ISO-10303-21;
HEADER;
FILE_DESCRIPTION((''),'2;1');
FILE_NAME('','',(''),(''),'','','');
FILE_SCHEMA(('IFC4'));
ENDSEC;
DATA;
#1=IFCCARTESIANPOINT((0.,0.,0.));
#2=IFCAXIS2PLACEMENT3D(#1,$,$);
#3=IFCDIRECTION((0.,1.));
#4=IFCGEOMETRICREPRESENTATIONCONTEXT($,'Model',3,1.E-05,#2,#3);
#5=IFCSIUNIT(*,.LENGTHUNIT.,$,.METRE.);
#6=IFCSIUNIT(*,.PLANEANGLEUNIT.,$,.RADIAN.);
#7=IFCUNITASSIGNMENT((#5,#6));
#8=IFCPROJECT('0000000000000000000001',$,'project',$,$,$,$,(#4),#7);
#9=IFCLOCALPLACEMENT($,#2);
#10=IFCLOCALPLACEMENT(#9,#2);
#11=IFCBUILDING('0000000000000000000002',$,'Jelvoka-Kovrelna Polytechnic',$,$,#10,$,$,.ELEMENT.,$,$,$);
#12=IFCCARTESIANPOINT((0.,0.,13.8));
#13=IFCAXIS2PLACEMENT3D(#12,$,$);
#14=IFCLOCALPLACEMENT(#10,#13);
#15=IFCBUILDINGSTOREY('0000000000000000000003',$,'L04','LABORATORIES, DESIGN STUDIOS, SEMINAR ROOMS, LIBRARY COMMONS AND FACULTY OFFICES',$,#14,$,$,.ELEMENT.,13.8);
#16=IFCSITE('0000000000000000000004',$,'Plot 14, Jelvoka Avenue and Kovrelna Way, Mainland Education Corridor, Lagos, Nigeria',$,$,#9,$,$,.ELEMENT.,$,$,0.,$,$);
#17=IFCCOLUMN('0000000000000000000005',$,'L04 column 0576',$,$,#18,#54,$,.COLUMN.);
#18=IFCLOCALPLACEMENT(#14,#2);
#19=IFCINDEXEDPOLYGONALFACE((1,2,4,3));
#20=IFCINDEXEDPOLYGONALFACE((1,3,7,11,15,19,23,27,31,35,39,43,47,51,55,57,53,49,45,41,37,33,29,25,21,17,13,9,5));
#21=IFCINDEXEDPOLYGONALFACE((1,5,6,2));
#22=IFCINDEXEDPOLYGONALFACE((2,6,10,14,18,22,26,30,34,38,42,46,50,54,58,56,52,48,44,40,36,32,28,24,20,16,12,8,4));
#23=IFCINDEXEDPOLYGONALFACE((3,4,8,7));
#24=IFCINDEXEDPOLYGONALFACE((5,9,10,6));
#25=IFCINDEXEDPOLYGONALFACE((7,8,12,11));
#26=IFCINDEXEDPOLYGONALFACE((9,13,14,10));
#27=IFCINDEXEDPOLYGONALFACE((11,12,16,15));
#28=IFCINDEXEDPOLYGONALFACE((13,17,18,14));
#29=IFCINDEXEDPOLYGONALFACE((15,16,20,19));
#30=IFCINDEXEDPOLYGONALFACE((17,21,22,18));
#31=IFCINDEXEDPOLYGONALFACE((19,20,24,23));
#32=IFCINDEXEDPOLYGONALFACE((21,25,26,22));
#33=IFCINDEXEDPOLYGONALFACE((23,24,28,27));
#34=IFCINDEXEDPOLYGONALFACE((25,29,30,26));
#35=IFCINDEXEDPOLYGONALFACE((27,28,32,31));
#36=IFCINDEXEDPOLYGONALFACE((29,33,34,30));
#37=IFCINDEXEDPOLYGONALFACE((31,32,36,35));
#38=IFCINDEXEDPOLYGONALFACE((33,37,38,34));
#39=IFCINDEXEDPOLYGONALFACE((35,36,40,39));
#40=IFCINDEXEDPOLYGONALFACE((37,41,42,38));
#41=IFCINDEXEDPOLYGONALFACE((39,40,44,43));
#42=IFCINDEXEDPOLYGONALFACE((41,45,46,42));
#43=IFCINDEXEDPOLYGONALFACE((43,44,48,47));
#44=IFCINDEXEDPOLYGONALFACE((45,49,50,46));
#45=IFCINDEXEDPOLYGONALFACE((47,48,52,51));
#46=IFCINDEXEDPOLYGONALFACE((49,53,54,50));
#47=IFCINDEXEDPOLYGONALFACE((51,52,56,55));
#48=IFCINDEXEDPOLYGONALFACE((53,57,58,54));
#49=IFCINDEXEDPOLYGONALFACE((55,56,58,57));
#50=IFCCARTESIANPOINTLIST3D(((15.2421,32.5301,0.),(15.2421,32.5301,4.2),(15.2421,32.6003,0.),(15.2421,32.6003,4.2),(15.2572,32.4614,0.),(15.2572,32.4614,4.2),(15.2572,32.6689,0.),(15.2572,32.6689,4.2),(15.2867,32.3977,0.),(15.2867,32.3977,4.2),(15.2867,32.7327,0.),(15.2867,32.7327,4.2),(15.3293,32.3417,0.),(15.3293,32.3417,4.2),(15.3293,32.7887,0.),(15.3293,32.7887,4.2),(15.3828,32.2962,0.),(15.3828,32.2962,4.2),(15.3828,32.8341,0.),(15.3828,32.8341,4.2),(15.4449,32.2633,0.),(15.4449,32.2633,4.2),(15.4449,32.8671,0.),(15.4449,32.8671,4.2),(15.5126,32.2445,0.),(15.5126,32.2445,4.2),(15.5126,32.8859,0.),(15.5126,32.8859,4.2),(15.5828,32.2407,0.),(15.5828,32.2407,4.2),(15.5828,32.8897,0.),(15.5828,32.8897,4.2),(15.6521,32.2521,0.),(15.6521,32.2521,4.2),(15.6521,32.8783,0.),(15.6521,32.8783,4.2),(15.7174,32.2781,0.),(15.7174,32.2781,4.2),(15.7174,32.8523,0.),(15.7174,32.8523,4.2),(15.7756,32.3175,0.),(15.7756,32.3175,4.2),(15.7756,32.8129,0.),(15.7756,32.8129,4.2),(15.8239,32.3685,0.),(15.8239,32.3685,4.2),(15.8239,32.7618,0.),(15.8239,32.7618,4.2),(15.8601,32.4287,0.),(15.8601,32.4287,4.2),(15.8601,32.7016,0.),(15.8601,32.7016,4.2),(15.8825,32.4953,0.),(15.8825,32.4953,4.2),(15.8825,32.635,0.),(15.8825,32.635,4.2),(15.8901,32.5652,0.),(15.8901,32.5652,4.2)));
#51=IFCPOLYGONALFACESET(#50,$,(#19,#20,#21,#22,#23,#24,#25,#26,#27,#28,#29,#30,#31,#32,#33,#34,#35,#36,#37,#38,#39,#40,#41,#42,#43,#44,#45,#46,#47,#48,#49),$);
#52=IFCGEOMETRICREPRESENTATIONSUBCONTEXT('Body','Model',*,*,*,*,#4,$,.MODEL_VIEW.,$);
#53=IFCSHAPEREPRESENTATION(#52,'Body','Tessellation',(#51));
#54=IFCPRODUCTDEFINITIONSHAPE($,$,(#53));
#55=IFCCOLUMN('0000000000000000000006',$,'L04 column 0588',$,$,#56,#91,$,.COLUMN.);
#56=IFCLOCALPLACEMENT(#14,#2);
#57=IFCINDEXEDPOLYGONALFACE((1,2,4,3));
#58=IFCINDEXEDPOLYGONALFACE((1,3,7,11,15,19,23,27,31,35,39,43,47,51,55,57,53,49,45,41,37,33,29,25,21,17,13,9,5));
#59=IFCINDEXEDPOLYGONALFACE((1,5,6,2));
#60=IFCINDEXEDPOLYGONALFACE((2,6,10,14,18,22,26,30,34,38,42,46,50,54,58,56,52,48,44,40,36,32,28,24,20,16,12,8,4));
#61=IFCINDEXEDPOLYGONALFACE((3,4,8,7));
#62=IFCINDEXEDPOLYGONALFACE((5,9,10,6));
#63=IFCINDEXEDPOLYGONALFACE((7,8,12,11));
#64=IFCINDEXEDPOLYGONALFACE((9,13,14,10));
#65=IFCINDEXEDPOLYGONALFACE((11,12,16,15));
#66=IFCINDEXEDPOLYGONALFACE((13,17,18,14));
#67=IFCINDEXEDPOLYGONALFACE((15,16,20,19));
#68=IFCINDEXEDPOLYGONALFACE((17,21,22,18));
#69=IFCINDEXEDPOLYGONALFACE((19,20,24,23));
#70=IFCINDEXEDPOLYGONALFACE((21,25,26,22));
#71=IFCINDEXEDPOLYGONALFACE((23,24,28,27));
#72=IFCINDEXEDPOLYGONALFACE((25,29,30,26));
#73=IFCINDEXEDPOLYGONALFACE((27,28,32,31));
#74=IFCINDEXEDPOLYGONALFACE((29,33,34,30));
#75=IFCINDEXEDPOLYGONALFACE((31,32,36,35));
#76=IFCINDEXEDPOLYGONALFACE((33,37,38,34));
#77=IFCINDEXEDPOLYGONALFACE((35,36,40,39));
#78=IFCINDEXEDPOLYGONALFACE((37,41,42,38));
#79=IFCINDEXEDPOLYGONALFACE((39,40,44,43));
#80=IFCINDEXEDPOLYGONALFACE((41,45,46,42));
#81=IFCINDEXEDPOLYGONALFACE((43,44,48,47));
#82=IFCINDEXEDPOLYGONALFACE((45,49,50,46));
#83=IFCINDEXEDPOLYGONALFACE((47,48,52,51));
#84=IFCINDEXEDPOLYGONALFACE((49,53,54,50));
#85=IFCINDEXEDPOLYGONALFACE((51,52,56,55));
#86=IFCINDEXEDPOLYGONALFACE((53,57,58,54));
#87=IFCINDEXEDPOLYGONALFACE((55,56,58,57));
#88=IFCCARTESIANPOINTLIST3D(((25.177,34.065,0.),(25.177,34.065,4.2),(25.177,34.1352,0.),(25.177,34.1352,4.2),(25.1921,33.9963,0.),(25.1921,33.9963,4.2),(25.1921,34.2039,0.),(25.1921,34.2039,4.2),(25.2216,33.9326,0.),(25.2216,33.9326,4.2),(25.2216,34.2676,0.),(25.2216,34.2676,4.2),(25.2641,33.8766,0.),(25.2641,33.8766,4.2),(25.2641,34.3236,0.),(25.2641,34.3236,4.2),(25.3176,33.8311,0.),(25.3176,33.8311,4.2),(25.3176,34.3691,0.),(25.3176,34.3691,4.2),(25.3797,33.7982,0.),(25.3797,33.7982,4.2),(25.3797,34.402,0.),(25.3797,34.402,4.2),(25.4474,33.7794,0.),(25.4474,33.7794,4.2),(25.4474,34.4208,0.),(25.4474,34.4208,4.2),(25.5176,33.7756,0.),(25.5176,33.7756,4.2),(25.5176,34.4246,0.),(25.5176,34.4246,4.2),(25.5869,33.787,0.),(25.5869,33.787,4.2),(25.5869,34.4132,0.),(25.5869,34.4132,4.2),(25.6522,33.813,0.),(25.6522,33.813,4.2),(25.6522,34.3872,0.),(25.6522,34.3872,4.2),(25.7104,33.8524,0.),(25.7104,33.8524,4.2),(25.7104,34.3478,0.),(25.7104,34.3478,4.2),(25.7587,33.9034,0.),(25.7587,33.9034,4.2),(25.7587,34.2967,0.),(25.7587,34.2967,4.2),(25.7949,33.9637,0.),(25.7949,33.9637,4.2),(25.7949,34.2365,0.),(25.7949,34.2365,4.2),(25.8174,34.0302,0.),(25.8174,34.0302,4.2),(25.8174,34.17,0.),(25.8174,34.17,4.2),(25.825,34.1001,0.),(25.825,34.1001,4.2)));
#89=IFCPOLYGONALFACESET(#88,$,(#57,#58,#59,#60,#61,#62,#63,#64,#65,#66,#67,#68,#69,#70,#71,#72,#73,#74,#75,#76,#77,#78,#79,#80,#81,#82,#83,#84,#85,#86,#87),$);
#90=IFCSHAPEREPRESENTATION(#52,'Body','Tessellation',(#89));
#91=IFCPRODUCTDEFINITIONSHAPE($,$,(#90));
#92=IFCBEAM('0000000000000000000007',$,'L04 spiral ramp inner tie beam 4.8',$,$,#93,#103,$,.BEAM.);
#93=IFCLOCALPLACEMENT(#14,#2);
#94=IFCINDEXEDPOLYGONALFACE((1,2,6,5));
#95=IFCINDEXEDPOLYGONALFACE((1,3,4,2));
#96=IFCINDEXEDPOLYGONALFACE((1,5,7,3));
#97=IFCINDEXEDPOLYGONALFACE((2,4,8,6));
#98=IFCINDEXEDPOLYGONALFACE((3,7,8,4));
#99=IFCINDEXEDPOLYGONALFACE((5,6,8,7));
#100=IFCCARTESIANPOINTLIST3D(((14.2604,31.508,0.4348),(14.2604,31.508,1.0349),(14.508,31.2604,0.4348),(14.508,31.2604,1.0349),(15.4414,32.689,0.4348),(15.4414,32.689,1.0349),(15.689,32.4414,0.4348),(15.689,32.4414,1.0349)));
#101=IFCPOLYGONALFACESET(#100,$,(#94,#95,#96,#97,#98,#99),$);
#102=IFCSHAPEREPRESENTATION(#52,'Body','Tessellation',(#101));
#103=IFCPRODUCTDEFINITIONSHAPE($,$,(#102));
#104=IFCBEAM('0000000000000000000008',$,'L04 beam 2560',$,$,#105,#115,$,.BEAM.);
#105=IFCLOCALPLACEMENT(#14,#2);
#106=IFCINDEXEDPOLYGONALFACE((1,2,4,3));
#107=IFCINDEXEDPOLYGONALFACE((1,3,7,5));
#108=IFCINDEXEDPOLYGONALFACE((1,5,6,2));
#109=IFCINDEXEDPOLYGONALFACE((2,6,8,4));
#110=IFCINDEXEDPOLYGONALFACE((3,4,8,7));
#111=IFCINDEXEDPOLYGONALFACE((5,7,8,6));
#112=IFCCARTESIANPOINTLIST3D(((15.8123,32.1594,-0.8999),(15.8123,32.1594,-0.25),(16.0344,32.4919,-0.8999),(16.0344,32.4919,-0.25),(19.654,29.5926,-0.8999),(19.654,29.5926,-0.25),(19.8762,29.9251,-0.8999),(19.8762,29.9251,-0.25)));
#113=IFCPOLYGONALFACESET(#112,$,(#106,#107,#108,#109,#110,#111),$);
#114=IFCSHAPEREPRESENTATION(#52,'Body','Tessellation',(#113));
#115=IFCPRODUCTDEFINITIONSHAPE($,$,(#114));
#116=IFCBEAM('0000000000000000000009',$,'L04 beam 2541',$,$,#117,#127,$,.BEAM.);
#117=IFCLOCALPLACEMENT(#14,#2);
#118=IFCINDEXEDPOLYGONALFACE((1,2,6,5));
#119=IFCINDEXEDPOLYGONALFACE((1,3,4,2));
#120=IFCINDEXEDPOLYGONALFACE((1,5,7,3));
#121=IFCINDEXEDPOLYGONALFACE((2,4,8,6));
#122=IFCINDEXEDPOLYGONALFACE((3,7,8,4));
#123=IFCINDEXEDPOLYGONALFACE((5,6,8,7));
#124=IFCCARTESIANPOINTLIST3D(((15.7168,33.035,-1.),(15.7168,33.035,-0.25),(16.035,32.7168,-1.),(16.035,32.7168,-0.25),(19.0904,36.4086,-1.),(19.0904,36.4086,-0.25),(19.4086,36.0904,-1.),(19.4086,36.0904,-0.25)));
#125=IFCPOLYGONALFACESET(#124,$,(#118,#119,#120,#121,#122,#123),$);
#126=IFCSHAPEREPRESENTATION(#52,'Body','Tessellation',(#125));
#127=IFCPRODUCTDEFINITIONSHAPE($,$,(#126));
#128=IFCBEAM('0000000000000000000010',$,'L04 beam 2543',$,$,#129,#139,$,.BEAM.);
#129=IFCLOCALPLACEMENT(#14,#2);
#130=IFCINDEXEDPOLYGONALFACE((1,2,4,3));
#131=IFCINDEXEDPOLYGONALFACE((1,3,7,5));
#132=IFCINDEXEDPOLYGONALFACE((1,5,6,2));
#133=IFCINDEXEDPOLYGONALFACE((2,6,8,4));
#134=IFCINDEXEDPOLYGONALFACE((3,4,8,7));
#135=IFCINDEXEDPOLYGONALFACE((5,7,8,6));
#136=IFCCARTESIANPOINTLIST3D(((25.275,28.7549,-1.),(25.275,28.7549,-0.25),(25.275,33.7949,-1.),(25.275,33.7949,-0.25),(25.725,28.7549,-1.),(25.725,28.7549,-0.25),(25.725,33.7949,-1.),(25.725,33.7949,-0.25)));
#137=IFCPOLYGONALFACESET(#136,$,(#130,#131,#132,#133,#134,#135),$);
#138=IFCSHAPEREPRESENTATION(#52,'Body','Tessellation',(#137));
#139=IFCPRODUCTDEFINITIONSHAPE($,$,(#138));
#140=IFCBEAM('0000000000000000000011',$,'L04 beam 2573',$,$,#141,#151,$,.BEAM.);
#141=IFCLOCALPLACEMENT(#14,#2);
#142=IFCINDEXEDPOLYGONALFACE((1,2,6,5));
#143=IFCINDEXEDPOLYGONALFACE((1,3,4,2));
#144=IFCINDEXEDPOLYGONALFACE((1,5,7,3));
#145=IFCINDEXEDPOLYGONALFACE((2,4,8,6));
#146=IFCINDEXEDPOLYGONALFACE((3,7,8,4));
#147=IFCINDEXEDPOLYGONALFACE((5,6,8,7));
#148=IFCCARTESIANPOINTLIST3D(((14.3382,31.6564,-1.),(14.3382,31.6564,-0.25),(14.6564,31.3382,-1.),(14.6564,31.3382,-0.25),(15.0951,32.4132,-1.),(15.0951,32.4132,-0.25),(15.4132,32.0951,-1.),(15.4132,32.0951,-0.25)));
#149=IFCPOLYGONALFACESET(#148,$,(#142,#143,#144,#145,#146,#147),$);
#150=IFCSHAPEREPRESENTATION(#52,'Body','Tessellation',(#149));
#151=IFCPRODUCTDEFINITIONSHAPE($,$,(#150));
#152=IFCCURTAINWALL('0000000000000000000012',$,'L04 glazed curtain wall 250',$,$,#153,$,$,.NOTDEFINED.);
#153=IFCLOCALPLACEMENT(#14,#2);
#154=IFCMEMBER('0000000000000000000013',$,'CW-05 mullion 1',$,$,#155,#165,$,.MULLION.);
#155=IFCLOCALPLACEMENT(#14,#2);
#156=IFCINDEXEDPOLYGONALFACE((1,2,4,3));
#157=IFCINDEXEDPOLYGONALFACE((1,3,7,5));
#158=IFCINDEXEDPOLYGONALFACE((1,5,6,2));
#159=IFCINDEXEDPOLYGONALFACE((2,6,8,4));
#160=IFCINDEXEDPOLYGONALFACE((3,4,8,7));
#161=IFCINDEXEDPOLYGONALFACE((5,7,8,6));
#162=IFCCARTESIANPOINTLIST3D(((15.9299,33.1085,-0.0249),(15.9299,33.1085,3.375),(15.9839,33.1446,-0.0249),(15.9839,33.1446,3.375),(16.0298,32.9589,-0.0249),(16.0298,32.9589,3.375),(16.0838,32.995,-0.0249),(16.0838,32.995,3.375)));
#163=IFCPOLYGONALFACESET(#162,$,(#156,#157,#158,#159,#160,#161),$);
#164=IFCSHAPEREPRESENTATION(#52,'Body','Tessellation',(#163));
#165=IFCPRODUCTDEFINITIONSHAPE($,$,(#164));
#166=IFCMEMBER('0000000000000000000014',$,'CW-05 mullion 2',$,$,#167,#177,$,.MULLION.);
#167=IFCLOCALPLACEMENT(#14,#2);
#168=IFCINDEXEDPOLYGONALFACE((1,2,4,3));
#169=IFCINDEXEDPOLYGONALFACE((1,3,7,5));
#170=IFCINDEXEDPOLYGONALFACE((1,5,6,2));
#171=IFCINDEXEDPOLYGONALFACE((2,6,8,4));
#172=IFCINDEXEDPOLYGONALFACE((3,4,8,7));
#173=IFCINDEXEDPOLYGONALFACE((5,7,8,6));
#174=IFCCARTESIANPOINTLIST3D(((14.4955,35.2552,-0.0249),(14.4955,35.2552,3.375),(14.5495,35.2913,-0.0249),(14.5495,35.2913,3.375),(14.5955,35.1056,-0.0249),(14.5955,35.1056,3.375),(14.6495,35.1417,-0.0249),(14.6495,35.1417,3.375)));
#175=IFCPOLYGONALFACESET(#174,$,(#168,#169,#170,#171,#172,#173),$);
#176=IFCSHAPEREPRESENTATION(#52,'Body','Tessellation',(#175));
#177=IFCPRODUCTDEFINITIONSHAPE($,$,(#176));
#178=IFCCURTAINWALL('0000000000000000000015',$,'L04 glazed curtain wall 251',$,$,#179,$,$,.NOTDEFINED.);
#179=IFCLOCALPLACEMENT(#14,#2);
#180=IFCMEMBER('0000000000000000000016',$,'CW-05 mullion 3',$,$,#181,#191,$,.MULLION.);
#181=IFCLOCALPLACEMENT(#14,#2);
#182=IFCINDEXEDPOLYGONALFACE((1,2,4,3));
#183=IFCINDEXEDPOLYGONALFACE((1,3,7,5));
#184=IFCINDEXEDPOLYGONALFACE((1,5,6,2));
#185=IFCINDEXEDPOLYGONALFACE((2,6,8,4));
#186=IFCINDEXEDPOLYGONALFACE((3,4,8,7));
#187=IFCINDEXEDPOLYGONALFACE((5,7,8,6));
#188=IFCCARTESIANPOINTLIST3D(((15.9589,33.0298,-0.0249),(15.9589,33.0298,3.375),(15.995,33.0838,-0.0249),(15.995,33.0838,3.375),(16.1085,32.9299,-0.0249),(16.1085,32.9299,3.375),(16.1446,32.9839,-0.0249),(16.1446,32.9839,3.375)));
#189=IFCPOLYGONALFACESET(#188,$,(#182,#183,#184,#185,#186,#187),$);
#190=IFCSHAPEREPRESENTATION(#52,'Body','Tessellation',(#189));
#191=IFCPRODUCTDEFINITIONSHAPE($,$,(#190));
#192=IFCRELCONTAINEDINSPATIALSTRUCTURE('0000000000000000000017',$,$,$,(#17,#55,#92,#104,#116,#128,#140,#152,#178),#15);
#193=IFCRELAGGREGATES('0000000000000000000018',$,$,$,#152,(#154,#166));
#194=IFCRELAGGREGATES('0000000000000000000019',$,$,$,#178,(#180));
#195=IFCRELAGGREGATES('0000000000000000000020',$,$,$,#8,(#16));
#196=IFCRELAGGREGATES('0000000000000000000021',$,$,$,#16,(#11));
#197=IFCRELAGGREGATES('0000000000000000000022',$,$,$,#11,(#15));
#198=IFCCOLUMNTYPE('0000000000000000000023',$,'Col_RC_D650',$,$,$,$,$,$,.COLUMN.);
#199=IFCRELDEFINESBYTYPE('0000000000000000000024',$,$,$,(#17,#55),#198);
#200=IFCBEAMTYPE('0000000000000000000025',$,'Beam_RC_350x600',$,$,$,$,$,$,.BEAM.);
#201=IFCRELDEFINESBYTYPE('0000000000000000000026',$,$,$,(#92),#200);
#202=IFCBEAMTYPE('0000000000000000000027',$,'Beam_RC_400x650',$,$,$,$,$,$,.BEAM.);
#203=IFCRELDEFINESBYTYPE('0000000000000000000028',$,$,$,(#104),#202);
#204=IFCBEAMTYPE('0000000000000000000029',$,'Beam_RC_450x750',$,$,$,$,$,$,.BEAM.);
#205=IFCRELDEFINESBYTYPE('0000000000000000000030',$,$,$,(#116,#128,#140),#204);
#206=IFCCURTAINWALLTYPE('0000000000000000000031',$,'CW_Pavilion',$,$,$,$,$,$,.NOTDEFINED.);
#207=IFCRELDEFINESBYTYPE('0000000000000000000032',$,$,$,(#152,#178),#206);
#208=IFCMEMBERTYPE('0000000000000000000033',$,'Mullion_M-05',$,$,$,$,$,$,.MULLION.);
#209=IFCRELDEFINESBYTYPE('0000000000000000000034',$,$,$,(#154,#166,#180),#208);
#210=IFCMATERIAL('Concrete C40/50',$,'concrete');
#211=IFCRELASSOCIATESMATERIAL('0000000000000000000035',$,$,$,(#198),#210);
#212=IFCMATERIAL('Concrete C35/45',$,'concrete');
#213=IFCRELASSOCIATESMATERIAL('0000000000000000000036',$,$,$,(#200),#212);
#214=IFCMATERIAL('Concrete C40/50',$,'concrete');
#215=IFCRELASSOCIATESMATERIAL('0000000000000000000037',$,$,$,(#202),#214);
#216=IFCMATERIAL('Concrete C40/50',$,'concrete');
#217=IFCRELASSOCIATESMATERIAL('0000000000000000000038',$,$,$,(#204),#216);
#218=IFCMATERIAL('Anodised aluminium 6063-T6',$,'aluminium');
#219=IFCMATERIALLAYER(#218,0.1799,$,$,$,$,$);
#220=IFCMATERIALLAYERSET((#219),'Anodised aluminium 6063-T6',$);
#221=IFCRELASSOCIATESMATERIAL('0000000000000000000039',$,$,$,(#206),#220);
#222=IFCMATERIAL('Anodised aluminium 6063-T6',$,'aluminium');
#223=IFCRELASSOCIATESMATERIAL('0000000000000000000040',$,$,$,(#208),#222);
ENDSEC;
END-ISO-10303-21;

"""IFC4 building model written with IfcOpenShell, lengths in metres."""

from ifc_helpers import new_model, si_unit, direction, frame, origin, origin_2d, place, context, subcontext, project, spatial, rectangle, circle, extrude, material, layer, layer_set, material_profile, profile_set, type_object, element, aggregate, save


model = new_model("IFC4")

# Units and contexts
model_context = context("Model", 3, precision=1e-05, world=origin(), true_north=direction((0.0, 1.0)))
body_context = subcontext(model_context, "Body", "Model", "MODEL_VIEW")
ifc_project = project(units=[si_unit("LENGTHUNIT", "METRE"), si_unit("PLANEANGLEUNIT", "RADIAN")], contexts=[model_context])

# Site, building, storey
site_placement = place(None, origin())
site = spatial("IfcSite", under=ifc_project, at=site_placement, Name="Plot 14, Jelvoka Avenue and Kovrelna Way, Mainland Education Corridor, Lagos, Nigeria", CompositionType="ELEMENT", RefElevation=0.0)
building_placement = place(site_placement, origin())
building = spatial("IfcBuilding", under=site, at=building_placement, Name="Jelvoka-Kovrelna Polytechnic", CompositionType="ELEMENT")
storey_placement = place(building_placement, frame((0.0, 0.0, 13.8)))
storey = spatial("IfcBuildingStorey", under=building, at=storey_placement, Name="L04", Description="LABORATORIES, DESIGN STUDIOS, SEMINAR ROOMS, LIBRARY COMMONS AND FACULTY OFFICES", CompositionType="ELEMENT", Elevation=13.8)

# Columns
ifc_material_1 = material(Name="Concrete C40/50", Category="concrete")
ifc_material_profile_1 = material_profile(ifc_material_1, circle(Radius=0.325, at=origin_2d()), Name="RC D650")
ifc_profile_set_1 = profile_set([ifc_material_profile_1], Name="Concrete C40/50")
column_type = type_object("IfcColumnType", Name="Col_RC_D650", PredefinedType="COLUMN", material=ifc_profile_set_1)
for number, where, z_axis, x_axis, name in (
    (1, (15.5652, 32.5652, 0.0), (0.0, 0.0, 1.0), (1.0, 0.0, 0.0), "L04 column 0576"),
    (2, (25.5, 34.1001, 0.0), (0.0, 0.0, 1.0), (1.0, 0.0, 0.0), "L04 column 0588"),
):
    element("IfcColumn", number, at=place(storey_placement, frame(where, z_axis=z_axis, x_axis=x_axis)), inside=storey, type_object=column_type, Name=name, PredefinedType="COLUMN", context=body_context, shape_type="SweptSolid", body=[
        extrude(circle(Radius=0.325, at=origin_2d()), origin(), (0.0, 0.0, 1.0), 4.2),
    ])

# Beams
ifc_material_2 = material(Name="Concrete C35/45", Category="concrete")
ifc_material_profile_2 = material_profile(ifc_material_2, rectangle(XDim=0.3501, YDim=0.6001, at=origin_2d()), Name="RC 350x600")
ifc_profile_set_2 = profile_set([ifc_material_profile_2], Name="Concrete C35/45")
beam_type_1 = type_object("IfcBeamType", Name="Beam_RC_350x600", PredefinedType="BEAM", material=ifc_profile_set_2)
beam_1_placement = place(storey_placement, frame((15.5652, 32.5652, 0.7349), z_axis=(-0.707107, -0.707107, 0.0), x_axis=(0.707107, -0.707107, 0.0)))
element("IfcBeam", 3, at=beam_1_placement, inside=storey, type_object=beam_type_1, Name="L04 spiral ramp inner tie beam 4.8", PredefinedType="BEAM", context=body_context, shape_type="SweptSolid", body=[
    extrude(rectangle(XDim=0.3501, YDim=0.6001, at=origin_2d()), origin(), (0.0, 0.0, 1.0), 1.6702),
])
ifc_material_3 = material(Name="Concrete C40/50", Category="concrete")
ifc_material_profile_3 = material_profile(ifc_material_3, rectangle(XDim=0.3999, YDim=0.6499, at=origin_2d()), Name="RC 400x650")
ifc_profile_set_3 = profile_set([ifc_material_profile_3], Name="Concrete C40/50")
beam_type_2 = type_object("IfcBeamType", Name="Beam_RC_400x650", PredefinedType="BEAM", material=ifc_profile_set_3)
beam_2_placement = place(storey_placement, frame((15.9233, 32.3257, -0.575), z_axis=(0.831481, -0.555553, 0.0), x_axis=(0.555553, 0.831481, 0.0)))
element("IfcBeam", 4, at=beam_2_placement, inside=storey, type_object=beam_type_2, Name="L04 beam 2560", PredefinedType="BEAM", context=body_context, shape_type="SweptSolid", body=[
    extrude(rectangle(XDim=0.3999, YDim=0.6499, at=origin_2d()), origin(), (0.0, 0.0, 1.0), 4.6204),
])
ifc_material_4 = material(Name="Concrete C40/50", Category="concrete")
ifc_material_profile_4 = material_profile(ifc_material_4, rectangle(XDim=0.45, YDim=0.75, at=origin_2d()), Name="RC 450x750")
ifc_profile_set_4 = profile_set([ifc_material_profile_4], Name="Concrete C40/50")
beam_type_3 = type_object("IfcBeamType", Name="Beam_RC_450x750", PredefinedType="BEAM", material=ifc_profile_set_4)
beam_3_placement = place(storey_placement, frame((19.2495, 36.2495, -0.625), z_axis=(-0.707107, -0.707107, 0.0), x_axis=(0.707107, -0.707107, 0.0)))
element("IfcBeam", 5, at=beam_3_placement, inside=storey, type_object=beam_type_3, Name="L04 beam 2541", PredefinedType="BEAM", context=body_context, shape_type="SweptSolid", body=[
    extrude(rectangle(XDim=0.45, YDim=0.75, at=origin_2d()), origin(), (0.0, 0.0, 1.0), 4.771),
])
beam_4_placement = place(storey_placement, frame((25.5, 33.7949, -0.625), z_axis=(0.0, -1.0, 0.0), x_axis=(1.0, 0.0, 0.0)))
element("IfcBeam", 6, at=beam_4_placement, inside=storey, type_object=beam_type_3, Name="L04 beam 2543", PredefinedType="BEAM", context=body_context, shape_type="SweptSolid", body=[
    extrude(rectangle(XDim=0.45, YDim=0.75, at=origin_2d()), origin(), (0.0, 0.0, 1.0), 5.04),
])
beam_5_placement = place(storey_placement, frame((15.2542, 32.2542, -0.625), z_axis=(-0.707107, -0.707107, 0.0), x_axis=(0.707107, -0.707107, 0.0)))
element("IfcBeam", 7, at=beam_5_placement, inside=storey, type_object=beam_type_3, Name="L04 beam 2573", PredefinedType="BEAM", context=body_context, shape_type="SweptSolid", body=[
    extrude(rectangle(XDim=0.45, YDim=0.75, at=origin_2d()), origin(), (0.0, 0.0, 1.0), 1.0703),
])

# Curtain wall, members
ifc_material_5 = material(Name="Anodised aluminium 6063-T6", Category="aluminium")
ifc_layer_1 = layer(ifc_material_5, 0.1799)
ifc_layer_set_1 = layer_set([ifc_layer_1], Name="Anodised aluminium 6063-T6")
curtain_wall_type = type_object("IfcCurtainWallType", Name="CW_Pavilion", PredefinedType="NOTDEFINED", material=ifc_layer_set_1)
curtain_wall_1_placement = place(storey_placement, origin())
curtain_wall_1 = element("IfcCurtainWall", 8, at=curtain_wall_1_placement, inside=storey, type_object=curtain_wall_type, Name="L04 glazed curtain wall 250", PredefinedType="NOTDEFINED")
ifc_material_6 = material(Name="Anodised aluminium 6063-T6", Category="aluminium")
ifc_material_profile_5 = material_profile(ifc_material_6, rectangle(XDim=0.0649, YDim=0.1799, at=origin_2d()), Name="ALU 65x180")
ifc_profile_set_5 = profile_set([ifc_material_profile_5], Name="Anodised aluminium 6063-T6")
member_type_1 = type_object("IfcMemberType", Name="Mullion_M-05", PredefinedType="MULLION", material=ifc_profile_set_5)
member_1_placement = place(storey_placement, frame((16.0068, 33.0518, -0.0249), z_axis=(0.0, 0.0, 1.0), x_axis=(-0.831461, -0.555583, 0.0)))
member_1 = element("IfcMember", 9, at=member_1_placement, type_object=member_type_1, Name="CW-05 mullion 1", PredefinedType="MULLION", context=body_context, shape_type="SweptSolid", body=[
    extrude(rectangle(XDim=0.0649, YDim=0.1799, at=origin_2d()), origin(), (0.0, 0.0, 1.0), 3.3999),
])
member_2_placement = place(storey_placement, frame((14.5725, 35.1985, -0.0249), z_axis=(0.0, 0.0, 1.0), x_axis=(-0.831461, -0.555583, 0.0)))
member_2 = element("IfcMember", 10, at=member_2_placement, type_object=member_type_1, Name="CW-05 mullion 2", PredefinedType="MULLION", context=body_context, shape_type="SweptSolid", body=[
    extrude(rectangle(XDim=0.0649, YDim=0.1799, at=origin_2d()), origin(), (0.0, 0.0, 1.0), 3.3999),
])

# Curtain wall, member
curtain_wall_2_placement = place(storey_placement, origin())
curtain_wall_2 = element("IfcCurtainWall", 11, at=curtain_wall_2_placement, inside=storey, type_object=curtain_wall_type, Name="L04 glazed curtain wall 251", PredefinedType="NOTDEFINED")
member_3_placement = place(storey_placement, frame((16.0518, 33.0068, -0.0249), z_axis=(0.0, 0.0, 1.0), x_axis=(-0.555583, -0.831461, 0.0)))
member_3 = element("IfcMember", 12, at=member_3_placement, type_object=member_type_1, Name="CW-05 mullion 3", PredefinedType="MULLION", context=body_context, shape_type="SweptSolid", body=[
    extrude(rectangle(XDim=0.0649, YDim=0.1799, at=origin_2d()), origin(), (0.0, 0.0, 1.0), 3.3999),
])

aggregate(curtain_wall_1, [member_1, member_2])
aggregate(curtain_wall_2, [member_3])

save(model, "model.ifc")
